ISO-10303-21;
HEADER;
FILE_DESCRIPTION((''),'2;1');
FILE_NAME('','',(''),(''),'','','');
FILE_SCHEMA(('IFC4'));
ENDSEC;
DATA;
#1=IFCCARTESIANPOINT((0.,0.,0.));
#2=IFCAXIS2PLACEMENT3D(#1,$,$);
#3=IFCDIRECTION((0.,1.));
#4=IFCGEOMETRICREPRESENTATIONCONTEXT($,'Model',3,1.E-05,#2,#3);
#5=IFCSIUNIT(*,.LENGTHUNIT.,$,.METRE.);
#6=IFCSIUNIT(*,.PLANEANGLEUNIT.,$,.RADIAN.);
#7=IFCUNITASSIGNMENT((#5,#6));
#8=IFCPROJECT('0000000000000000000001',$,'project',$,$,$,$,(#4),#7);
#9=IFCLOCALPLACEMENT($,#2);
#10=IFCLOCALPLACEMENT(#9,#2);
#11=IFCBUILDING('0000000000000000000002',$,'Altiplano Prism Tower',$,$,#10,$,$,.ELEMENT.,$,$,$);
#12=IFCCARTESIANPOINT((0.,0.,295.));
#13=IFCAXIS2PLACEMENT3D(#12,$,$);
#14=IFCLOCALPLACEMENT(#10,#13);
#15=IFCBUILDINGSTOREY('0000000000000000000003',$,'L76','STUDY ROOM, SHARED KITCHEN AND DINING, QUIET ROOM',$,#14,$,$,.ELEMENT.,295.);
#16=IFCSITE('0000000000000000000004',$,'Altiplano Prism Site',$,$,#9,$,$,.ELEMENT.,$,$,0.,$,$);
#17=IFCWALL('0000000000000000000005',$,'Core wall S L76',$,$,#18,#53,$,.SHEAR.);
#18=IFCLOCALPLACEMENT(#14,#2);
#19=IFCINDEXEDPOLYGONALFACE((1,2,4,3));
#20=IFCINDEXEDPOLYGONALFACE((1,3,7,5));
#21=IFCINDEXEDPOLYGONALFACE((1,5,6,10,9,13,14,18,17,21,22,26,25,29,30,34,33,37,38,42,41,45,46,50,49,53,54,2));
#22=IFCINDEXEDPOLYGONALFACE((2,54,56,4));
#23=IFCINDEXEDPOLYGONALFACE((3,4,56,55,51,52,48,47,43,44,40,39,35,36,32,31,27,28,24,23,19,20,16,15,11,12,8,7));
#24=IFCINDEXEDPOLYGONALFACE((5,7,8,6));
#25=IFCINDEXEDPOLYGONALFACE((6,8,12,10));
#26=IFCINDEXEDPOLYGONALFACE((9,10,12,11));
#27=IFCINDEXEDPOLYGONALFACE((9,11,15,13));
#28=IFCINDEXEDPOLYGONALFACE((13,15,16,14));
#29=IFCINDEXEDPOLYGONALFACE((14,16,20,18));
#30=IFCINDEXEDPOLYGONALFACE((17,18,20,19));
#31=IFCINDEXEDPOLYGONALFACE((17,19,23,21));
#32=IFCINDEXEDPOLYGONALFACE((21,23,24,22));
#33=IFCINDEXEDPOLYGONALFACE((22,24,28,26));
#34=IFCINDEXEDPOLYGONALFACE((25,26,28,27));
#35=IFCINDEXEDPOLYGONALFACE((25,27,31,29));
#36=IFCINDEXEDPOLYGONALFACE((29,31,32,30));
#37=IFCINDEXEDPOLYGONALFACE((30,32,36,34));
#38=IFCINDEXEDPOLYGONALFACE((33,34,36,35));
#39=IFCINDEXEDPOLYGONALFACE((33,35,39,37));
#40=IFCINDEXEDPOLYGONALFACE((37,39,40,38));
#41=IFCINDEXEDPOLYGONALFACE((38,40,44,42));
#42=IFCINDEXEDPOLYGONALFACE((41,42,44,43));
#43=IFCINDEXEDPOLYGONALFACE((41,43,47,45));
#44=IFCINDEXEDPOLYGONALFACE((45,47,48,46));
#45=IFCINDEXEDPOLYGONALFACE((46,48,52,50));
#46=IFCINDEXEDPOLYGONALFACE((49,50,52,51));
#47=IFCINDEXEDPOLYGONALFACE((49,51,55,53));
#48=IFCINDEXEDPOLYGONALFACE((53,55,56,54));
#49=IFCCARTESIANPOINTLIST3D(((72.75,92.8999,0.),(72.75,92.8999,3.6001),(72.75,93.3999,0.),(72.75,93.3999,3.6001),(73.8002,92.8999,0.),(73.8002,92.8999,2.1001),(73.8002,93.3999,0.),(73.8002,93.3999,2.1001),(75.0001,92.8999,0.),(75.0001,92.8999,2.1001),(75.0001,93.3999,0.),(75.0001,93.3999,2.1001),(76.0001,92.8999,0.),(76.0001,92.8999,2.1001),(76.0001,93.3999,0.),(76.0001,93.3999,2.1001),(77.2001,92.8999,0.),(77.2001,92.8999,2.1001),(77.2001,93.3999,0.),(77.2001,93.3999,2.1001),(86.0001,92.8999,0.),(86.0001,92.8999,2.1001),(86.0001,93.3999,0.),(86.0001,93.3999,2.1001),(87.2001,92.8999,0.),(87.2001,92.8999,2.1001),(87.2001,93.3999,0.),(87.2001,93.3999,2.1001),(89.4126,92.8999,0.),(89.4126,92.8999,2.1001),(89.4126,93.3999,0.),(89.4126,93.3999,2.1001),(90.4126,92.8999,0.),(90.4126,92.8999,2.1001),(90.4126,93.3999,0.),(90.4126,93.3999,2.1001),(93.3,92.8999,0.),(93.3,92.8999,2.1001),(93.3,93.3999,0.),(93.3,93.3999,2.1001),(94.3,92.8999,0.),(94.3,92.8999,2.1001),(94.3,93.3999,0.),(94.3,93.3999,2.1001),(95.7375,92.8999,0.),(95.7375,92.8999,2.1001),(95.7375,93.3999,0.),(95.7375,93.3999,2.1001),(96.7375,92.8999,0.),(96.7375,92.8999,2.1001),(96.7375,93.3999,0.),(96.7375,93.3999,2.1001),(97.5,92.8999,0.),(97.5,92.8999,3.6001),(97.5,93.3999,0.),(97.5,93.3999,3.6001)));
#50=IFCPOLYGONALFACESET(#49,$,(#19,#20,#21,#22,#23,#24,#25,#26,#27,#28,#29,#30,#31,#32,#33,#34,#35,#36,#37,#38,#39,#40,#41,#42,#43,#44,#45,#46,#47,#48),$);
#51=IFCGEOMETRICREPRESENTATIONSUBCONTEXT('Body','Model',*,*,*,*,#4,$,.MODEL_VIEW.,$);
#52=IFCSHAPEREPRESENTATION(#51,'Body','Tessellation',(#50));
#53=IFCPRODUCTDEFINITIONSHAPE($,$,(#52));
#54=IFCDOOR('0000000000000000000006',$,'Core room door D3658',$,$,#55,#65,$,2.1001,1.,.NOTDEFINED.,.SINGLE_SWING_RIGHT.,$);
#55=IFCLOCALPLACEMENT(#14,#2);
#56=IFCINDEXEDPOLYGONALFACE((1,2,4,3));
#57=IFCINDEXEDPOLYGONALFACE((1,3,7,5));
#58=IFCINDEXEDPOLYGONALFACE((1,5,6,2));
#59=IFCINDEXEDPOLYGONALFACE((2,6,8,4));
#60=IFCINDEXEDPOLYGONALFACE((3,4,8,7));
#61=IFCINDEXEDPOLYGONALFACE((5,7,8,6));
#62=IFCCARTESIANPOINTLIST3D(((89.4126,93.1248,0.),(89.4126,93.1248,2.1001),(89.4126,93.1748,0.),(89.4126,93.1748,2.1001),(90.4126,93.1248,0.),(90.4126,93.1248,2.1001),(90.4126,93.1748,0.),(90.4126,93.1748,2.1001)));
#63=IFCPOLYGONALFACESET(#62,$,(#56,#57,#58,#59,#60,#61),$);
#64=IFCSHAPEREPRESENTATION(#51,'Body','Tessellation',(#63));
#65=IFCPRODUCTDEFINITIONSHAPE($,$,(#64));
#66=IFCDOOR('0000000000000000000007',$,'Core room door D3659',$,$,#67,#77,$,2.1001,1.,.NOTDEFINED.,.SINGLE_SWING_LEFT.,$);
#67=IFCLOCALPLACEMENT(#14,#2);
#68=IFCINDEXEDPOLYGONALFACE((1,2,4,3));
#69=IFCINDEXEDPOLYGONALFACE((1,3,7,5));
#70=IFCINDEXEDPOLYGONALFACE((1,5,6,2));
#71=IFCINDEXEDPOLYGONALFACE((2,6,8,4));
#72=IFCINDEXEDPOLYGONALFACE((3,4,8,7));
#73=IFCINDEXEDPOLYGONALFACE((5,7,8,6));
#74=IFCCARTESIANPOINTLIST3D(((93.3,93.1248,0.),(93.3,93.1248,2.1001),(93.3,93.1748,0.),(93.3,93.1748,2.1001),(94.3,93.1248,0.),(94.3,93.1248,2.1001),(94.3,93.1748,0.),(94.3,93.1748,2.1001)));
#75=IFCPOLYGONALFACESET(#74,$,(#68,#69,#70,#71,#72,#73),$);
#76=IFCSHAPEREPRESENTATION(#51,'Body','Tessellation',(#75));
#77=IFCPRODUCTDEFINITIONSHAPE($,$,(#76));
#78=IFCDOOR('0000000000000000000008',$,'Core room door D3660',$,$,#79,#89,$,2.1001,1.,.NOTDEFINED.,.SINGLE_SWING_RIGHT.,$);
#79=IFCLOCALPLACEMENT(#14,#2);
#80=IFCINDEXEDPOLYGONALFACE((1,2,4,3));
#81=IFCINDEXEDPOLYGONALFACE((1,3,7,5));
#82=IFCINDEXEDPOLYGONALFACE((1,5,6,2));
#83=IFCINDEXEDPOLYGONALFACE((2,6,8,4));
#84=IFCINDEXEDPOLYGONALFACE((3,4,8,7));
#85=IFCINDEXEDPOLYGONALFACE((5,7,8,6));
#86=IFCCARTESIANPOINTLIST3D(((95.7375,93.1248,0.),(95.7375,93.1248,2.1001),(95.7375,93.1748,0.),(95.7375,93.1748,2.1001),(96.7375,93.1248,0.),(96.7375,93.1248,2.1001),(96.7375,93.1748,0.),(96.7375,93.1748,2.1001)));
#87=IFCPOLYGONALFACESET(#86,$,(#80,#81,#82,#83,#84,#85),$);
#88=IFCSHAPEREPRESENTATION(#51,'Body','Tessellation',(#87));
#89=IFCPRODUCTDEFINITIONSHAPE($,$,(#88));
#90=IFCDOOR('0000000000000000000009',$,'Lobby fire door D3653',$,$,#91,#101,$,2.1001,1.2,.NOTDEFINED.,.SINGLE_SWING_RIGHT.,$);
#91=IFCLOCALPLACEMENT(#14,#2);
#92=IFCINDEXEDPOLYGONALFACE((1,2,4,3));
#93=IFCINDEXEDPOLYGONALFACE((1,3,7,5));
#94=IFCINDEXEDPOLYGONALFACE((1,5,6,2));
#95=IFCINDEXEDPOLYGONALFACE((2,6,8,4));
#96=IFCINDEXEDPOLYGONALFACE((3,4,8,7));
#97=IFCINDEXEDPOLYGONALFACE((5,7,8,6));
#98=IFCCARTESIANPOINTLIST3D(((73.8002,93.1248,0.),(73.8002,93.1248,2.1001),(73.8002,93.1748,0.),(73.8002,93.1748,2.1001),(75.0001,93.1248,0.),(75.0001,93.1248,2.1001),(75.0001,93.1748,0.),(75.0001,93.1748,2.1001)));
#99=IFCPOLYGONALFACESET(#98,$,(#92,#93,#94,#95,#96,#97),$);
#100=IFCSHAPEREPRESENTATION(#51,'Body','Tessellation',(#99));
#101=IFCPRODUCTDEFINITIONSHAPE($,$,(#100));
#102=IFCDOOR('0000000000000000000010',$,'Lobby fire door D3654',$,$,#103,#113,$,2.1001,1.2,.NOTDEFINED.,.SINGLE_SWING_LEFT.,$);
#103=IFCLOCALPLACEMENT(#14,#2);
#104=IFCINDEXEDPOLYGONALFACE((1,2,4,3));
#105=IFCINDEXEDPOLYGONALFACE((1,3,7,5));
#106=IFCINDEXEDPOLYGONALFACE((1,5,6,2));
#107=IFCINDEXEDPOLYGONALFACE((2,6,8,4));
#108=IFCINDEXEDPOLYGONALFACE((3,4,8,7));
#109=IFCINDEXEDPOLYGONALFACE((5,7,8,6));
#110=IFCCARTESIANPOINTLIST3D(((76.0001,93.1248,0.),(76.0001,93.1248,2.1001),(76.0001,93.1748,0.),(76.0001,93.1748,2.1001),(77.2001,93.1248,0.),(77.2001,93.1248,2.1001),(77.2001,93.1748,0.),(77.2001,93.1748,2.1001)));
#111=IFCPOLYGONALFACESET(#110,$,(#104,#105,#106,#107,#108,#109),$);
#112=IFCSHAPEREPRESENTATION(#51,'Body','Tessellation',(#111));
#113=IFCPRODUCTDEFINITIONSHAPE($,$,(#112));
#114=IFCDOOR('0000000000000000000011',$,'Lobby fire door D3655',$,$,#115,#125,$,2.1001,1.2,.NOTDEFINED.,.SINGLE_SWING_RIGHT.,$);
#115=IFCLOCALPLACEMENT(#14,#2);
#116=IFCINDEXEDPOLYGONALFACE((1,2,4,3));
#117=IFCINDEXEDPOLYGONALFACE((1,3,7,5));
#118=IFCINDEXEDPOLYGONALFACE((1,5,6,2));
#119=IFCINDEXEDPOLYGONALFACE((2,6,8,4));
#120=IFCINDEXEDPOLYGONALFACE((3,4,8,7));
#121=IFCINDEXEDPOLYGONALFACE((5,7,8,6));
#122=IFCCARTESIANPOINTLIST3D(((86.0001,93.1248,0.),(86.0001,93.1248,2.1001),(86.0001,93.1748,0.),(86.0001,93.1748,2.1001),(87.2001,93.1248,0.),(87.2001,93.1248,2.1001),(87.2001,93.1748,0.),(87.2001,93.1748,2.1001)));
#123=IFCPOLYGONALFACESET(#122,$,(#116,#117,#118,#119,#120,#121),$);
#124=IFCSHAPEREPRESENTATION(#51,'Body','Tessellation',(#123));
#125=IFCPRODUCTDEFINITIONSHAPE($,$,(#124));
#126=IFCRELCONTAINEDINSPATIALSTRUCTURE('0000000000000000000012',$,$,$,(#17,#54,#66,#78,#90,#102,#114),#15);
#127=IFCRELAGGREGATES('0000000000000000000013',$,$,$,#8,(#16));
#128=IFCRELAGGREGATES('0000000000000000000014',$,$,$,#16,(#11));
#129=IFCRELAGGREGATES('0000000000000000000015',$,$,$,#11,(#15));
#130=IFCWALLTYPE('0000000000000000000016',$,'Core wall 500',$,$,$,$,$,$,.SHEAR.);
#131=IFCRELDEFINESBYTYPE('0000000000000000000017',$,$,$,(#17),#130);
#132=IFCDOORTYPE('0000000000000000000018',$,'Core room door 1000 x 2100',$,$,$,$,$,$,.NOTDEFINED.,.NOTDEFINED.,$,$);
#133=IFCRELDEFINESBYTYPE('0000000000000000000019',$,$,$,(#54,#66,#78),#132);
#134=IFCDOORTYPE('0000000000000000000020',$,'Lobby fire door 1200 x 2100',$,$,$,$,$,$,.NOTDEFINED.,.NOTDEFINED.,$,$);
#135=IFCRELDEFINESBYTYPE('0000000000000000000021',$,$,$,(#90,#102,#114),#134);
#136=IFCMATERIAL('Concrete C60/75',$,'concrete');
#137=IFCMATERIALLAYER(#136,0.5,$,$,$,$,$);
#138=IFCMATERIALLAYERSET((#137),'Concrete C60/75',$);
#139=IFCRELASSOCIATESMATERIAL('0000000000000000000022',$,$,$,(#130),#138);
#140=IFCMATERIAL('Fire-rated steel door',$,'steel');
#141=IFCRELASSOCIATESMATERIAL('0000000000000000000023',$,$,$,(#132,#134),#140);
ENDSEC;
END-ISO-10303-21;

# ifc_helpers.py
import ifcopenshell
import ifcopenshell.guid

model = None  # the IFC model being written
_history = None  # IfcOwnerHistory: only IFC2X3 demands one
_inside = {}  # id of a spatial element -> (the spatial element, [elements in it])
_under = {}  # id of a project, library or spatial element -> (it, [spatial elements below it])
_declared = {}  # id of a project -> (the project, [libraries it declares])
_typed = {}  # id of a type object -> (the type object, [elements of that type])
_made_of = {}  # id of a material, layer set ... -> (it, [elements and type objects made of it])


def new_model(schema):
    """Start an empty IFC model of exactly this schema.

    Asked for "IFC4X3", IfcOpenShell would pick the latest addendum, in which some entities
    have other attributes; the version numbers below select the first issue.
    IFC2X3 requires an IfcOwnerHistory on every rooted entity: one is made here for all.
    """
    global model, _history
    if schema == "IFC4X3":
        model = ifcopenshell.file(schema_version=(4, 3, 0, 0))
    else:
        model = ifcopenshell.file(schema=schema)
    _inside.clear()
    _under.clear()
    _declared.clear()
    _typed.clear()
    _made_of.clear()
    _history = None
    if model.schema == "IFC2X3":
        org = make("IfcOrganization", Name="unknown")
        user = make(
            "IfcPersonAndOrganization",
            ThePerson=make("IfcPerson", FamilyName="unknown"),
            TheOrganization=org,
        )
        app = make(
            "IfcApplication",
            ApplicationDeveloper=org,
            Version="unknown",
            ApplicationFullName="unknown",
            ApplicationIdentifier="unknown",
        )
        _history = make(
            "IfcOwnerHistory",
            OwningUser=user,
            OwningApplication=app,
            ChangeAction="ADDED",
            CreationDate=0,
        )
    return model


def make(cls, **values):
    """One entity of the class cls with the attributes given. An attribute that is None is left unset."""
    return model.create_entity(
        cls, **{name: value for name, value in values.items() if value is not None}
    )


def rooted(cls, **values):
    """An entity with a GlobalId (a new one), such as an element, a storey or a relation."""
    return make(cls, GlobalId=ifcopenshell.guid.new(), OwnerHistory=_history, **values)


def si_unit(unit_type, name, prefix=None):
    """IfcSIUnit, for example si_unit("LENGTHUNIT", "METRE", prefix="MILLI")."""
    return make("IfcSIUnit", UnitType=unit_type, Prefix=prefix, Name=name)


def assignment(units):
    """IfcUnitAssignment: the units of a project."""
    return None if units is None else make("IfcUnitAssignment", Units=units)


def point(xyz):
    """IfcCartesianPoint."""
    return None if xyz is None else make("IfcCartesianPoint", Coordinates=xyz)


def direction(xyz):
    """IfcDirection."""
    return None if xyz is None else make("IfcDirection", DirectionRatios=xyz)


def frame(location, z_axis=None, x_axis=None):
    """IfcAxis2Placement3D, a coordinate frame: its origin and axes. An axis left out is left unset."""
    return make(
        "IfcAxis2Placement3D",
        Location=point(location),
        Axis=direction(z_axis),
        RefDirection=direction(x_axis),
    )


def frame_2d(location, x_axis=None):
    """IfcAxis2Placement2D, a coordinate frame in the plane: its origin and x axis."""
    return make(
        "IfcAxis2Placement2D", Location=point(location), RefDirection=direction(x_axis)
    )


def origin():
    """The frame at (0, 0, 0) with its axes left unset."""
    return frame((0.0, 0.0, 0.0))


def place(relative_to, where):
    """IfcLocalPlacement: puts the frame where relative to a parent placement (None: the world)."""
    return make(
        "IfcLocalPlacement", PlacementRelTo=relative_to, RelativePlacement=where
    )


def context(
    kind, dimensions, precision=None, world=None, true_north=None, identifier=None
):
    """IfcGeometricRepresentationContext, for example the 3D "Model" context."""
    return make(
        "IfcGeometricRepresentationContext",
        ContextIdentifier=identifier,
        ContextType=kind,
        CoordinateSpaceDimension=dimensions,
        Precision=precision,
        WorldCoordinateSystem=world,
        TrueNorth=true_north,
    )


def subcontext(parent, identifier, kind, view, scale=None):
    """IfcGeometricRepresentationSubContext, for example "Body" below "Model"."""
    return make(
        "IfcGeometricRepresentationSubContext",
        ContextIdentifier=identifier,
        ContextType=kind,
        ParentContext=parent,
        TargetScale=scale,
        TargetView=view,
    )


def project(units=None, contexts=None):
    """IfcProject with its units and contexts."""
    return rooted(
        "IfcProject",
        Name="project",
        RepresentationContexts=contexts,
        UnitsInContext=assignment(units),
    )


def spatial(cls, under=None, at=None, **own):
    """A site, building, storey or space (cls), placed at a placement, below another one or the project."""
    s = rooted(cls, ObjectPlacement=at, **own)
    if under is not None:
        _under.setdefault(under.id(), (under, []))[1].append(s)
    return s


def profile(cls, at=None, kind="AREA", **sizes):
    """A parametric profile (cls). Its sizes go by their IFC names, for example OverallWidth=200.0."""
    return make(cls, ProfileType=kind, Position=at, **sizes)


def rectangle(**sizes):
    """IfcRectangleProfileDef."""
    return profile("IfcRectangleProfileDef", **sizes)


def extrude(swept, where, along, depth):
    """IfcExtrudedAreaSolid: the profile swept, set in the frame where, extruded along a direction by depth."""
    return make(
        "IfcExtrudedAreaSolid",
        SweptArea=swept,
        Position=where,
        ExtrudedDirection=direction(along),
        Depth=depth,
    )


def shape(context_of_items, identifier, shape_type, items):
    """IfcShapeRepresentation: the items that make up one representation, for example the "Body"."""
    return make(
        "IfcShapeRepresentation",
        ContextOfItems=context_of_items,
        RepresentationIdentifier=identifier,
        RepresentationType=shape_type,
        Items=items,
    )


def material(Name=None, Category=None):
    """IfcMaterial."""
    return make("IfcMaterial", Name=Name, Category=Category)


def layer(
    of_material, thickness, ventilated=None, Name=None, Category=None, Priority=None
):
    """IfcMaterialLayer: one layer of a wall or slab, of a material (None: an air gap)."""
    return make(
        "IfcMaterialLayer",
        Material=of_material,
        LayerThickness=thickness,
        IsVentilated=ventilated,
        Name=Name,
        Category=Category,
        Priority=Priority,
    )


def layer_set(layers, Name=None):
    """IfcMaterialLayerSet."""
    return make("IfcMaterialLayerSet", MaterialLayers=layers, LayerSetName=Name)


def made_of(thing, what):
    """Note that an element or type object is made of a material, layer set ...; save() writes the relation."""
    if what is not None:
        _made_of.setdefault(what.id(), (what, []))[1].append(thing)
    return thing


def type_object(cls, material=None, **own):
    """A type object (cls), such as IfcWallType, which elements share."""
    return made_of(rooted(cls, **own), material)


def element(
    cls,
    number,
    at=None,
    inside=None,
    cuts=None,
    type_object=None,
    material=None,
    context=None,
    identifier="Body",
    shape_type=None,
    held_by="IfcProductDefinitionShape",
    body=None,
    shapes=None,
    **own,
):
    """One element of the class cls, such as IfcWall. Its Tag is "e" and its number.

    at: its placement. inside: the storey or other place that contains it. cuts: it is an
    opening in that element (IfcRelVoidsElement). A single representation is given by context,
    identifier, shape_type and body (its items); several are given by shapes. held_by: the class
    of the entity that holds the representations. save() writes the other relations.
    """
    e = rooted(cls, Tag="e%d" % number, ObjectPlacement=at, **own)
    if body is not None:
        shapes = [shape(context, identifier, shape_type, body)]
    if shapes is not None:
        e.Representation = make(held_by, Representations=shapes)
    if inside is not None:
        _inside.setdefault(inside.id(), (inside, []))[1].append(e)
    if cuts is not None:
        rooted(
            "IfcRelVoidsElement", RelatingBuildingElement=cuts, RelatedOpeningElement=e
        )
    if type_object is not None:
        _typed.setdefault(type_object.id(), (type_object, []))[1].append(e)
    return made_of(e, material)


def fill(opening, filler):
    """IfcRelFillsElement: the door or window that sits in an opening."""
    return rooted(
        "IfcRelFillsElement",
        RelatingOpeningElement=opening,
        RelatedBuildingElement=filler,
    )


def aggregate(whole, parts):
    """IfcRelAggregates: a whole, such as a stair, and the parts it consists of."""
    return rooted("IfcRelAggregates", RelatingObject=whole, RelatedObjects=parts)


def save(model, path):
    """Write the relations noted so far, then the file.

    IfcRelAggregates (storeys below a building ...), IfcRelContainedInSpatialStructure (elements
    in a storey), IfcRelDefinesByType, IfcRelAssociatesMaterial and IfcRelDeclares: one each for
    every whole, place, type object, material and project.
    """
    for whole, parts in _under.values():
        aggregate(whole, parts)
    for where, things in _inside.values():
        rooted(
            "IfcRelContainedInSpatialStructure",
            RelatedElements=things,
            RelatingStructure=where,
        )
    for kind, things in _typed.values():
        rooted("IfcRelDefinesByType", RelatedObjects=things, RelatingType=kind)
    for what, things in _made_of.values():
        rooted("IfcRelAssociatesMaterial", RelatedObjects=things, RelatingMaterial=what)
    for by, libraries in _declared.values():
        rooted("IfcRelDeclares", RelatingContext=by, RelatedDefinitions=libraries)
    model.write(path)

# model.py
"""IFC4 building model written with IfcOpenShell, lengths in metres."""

from ifc_helpers import new_model, si_unit, direction, frame, frame_2d, origin, place, context, subcontext, project, spatial, rectangle, extrude, material, layer, layer_set, type_object, element, fill, save


model = new_model("IFC4")

# Units and contexts
model_context = context("Model", 3, precision=1e-05, world=origin(), true_north=direction((0.0, 1.0)))
body_context = subcontext(model_context, "Body", "Model", "MODEL_VIEW")
ifc_project = project(units=[si_unit("LENGTHUNIT", "METRE"), si_unit("PLANEANGLEUNIT", "RADIAN")], contexts=[model_context])

# Site, building, storey
site_placement = place(None, origin())
site = spatial("IfcSite", under=ifc_project, at=site_placement, Name="Altiplano Prism Site", CompositionType="ELEMENT", RefElevation=0.0)
building_placement = place(site_placement, origin())
building = spatial("IfcBuilding", under=site, at=building_placement, Name="Altiplano Prism Tower", CompositionType="ELEMENT")
storey_placement = place(building_placement, frame((0.0, 0.0, 295.0)))
storey = spatial("IfcBuildingStorey", under=building, at=storey_placement, Name="L76", Description="STUDY ROOM, SHARED KITCHEN AND DINING, QUIET ROOM", CompositionType="ELEMENT", Elevation=295.0)

# Shared definitions
ifc_material_1 = material(Name="Concrete C60/75", Category="concrete")

# Wall, openings, doors
ifc_layer_1 = layer(ifc_material_1, 0.5)
ifc_layer_set_1 = layer_set([ifc_layer_1], Name="Concrete C60/75")
wall_type_1 = type_object("IfcWallType", Name="Core wall 500", PredefinedType="SHEAR", material=ifc_layer_set_1)
wall_1_placement = place(storey_placement, frame((72.75, 93.1499, 0.0), z_axis=(0.0, 0.0, 1.0), x_axis=(1.0, 0.0, 0.0)))
wall_1 = element("IfcWall", 1, at=wall_1_placement, inside=storey, type_object=wall_type_1, Name="Core wall S L76", PredefinedType="SHEAR", context=body_context, shape_type="SweptSolid", body=[
    extrude(rectangle(XDim=24.75, YDim=0.5, at=frame_2d((12.375, 0.0))), origin(), (0.0, 0.0, 1.0), 3.6001),
])
opening_1_placement = place(wall_1_placement, frame((1.05, 0.0, 0.0)))
opening_1 = element("IfcOpeningElement", 2, at=opening_1_placement, cuts=wall_1, PredefinedType="OPENING", context=body_context, shape_type="SweptSolid", body=[
    extrude(rectangle(XDim=1.2, YDim=2.1001, at=frame_2d((0.6001, 1.05))), frame((0.0, 0.2605, 0.0), z_axis=(0.0, -1.0, 0.0), x_axis=(1.0, 0.0, 0.0)), (0.0, 0.0, 1.0), 0.521),
])
opening_2_placement = place(wall_1_placement, frame((3.25, 0.0, 0.0)))
opening_2 = element("IfcOpeningElement", 3, at=opening_2_placement, cuts=wall_1, PredefinedType="OPENING", context=body_context, shape_type="SweptSolid", body=[
    extrude(rectangle(XDim=1.2, YDim=2.1001, at=frame_2d((0.6001, 1.05))), frame((0.0, 0.2605, 0.0), z_axis=(0.0, -1.0, 0.0), x_axis=(1.0, 0.0, 0.0)), (0.0, 0.0, 1.0), 0.521),
])
opening_3_placement = place(wall_1_placement, frame((13.25, 0.0, 0.0)))
opening_3 = element("IfcOpeningElement", 4, at=opening_3_placement, cuts=wall_1, PredefinedType="OPENING", context=body_context, shape_type="SweptSolid", body=[
    extrude(rectangle(XDim=1.2, YDim=2.1001, at=frame_2d((0.6001, 1.05))), frame((0.0, 0.2605, 0.0), z_axis=(0.0, -1.0, 0.0), x_axis=(1.0, 0.0, 0.0)), (0.0, 0.0, 1.0), 0.521),
])
opening_4_placement = place(wall_1_placement, frame((16.6626, 0.0, 0.0)))
opening_4 = element("IfcOpeningElement", 5, at=opening_4_placement, cuts=wall_1, PredefinedType="OPENING", context=body_context, shape_type="SweptSolid", body=[
    extrude(rectangle(XDim=1.0, YDim=2.1001, at=frame_2d((0.5, 1.05))), frame((0.0, 0.2605, 0.0), z_axis=(0.0, -1.0, 0.0), x_axis=(1.0, 0.0, 0.0)), (0.0, 0.0, 1.0), 0.521),
])
opening_5_placement = place(wall_1_placement, frame((20.55, 0.0, 0.0)))
opening_5 = element("IfcOpeningElement", 6, at=opening_5_placement, cuts=wall_1, PredefinedType="OPENING", context=body_context, shape_type="SweptSolid", body=[
    extrude(rectangle(XDim=1.0, YDim=2.1001, at=frame_2d((0.5, 1.05))), frame((0.0, 0.2605, 0.0), z_axis=(0.0, -1.0, 0.0), x_axis=(1.0, 0.0, 0.0)), (0.0, 0.0, 1.0), 0.521),
])
opening_6_placement = place(wall_1_placement, frame((22.9875, 0.0, 0.0)))
opening_6 = element("IfcOpeningElement", 7, at=opening_6_placement, cuts=wall_1, PredefinedType="OPENING", context=body_context, shape_type="SweptSolid", body=[
    extrude(rectangle(XDim=1.0, YDim=2.1001, at=frame_2d((0.5, 1.05))), frame((0.0, 0.2605, 0.0), z_axis=(0.0, -1.0, 0.0), x_axis=(1.0, 0.0, 0.0)), (0.0, 0.0, 1.0), 0.521),
])
ifc_material_2 = material(Name="Fire-rated steel door", Category="steel")
door_type_1 = type_object("IfcDoorType", Name="Core room door 1000 x 2100", OperationType="NOTDEFINED", PredefinedType="NOTDEFINED", material=ifc_material_2)
door_1_placement = place(opening_4_placement, origin())
door_1 = element("IfcDoor", 8, at=door_1_placement, inside=storey, type_object=door_type_1, Name="Core room door D3658", OperationType="SINGLE_SWING_RIGHT", OverallHeight=2.1001, OverallWidth=1.0, PredefinedType="NOTDEFINED", context=body_context, shape_type="SweptSolid", body=[
    extrude(rectangle(XDim=1.0, YDim=2.1001, at=frame_2d((0.5, 1.05))), frame((0.0, 0.0249, 0.0), z_axis=(0.0, -1.0, 0.0), x_axis=(1.0, 0.0, 0.0)), (0.0, 0.0, 1.0), 0.05),
])
fill(opening_4, door_1)
door_2_placement = place(opening_5_placement, origin())
door_2 = element("IfcDoor", 9, at=door_2_placement, inside=storey, type_object=door_type_1, Name="Core room door D3659", OperationType="SINGLE_SWING_LEFT", OverallHeight=2.1001, OverallWidth=1.0, PredefinedType="NOTDEFINED", context=body_context, shape_type="SweptSolid", body=[
    extrude(rectangle(XDim=1.0, YDim=2.1001, at=frame_2d((0.5, 1.05))), frame((0.0, 0.0249, 0.0), z_axis=(0.0, -1.0, 0.0), x_axis=(1.0, 0.0, 0.0)), (0.0, 0.0, 1.0), 0.05),
])
fill(opening_5, door_2)
door_3_placement = place(opening_6_placement, origin())
door_3 = element("IfcDoor", 10, at=door_3_placement, inside=storey, type_object=door_type_1, Name="Core room door D3660", OperationType="SINGLE_SWING_RIGHT", OverallHeight=2.1001, OverallWidth=1.0, PredefinedType="NOTDEFINED", context=body_context, shape_type="SweptSolid", body=[
    extrude(rectangle(XDim=1.0, YDim=2.1001, at=frame_2d((0.5, 1.05))), frame((0.0, 0.0249, 0.0), z_axis=(0.0, -1.0, 0.0), x_axis=(1.0, 0.0, 0.0)), (0.0, 0.0, 1.0), 0.05),
])
fill(opening_6, door_3)
door_type_2 = type_object("IfcDoorType", Name="Lobby fire door 1200 x 2100", OperationType="NOTDEFINED", PredefinedType="NOTDEFINED", material=ifc_material_2)
door_4_placement = place(opening_1_placement, origin())
door_4 = element("IfcDoor", 11, at=door_4_placement, inside=storey, type_object=door_type_2, Name="Lobby fire door D3653", OperationType="SINGLE_SWING_RIGHT", OverallHeight=2.1001, OverallWidth=1.2, PredefinedType="NOTDEFINED", context=body_context, shape_type="SweptSolid", body=[
    extrude(rectangle(XDim=1.2, YDim=2.1001, at=frame_2d((0.6001, 1.05))), frame((0.0, 0.0249, 0.0), z_axis=(0.0, -1.0, 0.0), x_axis=(1.0, 0.0, 0.0)), (0.0, 0.0, 1.0), 0.05),
])
fill(opening_1, door_4)
door_5_placement = place(opening_2_placement, origin())
door_5 = element("IfcDoor", 12, at=door_5_placement, inside=storey, type_object=door_type_2, Name="Lobby fire door D3654", OperationType="SINGLE_SWING_LEFT", OverallHeight=2.1001, OverallWidth=1.2, PredefinedType="NOTDEFINED", context=body_context, shape_type="SweptSolid", body=[
    extrude(rectangle(XDim=1.2, YDim=2.1001, at=frame_2d((0.6001, 1.05))), frame((0.0, 0.0249, 0.0), z_axis=(0.0, -1.0, 0.0), x_axis=(1.0, 0.0, 0.0)), (0.0, 0.0, 1.0), 0.05),
])
fill(opening_2, door_5)
door_6_placement = place(opening_3_placement, origin())
door_6 = element("IfcDoor", 13, at=door_6_placement, inside=storey, type_object=door_type_2, Name="Lobby fire door D3655", OperationType="SINGLE_SWING_RIGHT", OverallHeight=2.1001, OverallWidth=1.2, PredefinedType="NOTDEFINED", context=body_context, shape_type="SweptSolid", body=[
    extrude(rectangle(XDim=1.2, YDim=2.1001, at=frame_2d((0.6001, 1.05))), frame((0.0, 0.0249, 0.0), z_axis=(0.0, -1.0, 0.0), x_axis=(1.0, 0.0, 0.0)), (0.0, 0.0, 1.0), 0.05),
])
fill(opening_3, door_6)

save(model, "model.ifc")
